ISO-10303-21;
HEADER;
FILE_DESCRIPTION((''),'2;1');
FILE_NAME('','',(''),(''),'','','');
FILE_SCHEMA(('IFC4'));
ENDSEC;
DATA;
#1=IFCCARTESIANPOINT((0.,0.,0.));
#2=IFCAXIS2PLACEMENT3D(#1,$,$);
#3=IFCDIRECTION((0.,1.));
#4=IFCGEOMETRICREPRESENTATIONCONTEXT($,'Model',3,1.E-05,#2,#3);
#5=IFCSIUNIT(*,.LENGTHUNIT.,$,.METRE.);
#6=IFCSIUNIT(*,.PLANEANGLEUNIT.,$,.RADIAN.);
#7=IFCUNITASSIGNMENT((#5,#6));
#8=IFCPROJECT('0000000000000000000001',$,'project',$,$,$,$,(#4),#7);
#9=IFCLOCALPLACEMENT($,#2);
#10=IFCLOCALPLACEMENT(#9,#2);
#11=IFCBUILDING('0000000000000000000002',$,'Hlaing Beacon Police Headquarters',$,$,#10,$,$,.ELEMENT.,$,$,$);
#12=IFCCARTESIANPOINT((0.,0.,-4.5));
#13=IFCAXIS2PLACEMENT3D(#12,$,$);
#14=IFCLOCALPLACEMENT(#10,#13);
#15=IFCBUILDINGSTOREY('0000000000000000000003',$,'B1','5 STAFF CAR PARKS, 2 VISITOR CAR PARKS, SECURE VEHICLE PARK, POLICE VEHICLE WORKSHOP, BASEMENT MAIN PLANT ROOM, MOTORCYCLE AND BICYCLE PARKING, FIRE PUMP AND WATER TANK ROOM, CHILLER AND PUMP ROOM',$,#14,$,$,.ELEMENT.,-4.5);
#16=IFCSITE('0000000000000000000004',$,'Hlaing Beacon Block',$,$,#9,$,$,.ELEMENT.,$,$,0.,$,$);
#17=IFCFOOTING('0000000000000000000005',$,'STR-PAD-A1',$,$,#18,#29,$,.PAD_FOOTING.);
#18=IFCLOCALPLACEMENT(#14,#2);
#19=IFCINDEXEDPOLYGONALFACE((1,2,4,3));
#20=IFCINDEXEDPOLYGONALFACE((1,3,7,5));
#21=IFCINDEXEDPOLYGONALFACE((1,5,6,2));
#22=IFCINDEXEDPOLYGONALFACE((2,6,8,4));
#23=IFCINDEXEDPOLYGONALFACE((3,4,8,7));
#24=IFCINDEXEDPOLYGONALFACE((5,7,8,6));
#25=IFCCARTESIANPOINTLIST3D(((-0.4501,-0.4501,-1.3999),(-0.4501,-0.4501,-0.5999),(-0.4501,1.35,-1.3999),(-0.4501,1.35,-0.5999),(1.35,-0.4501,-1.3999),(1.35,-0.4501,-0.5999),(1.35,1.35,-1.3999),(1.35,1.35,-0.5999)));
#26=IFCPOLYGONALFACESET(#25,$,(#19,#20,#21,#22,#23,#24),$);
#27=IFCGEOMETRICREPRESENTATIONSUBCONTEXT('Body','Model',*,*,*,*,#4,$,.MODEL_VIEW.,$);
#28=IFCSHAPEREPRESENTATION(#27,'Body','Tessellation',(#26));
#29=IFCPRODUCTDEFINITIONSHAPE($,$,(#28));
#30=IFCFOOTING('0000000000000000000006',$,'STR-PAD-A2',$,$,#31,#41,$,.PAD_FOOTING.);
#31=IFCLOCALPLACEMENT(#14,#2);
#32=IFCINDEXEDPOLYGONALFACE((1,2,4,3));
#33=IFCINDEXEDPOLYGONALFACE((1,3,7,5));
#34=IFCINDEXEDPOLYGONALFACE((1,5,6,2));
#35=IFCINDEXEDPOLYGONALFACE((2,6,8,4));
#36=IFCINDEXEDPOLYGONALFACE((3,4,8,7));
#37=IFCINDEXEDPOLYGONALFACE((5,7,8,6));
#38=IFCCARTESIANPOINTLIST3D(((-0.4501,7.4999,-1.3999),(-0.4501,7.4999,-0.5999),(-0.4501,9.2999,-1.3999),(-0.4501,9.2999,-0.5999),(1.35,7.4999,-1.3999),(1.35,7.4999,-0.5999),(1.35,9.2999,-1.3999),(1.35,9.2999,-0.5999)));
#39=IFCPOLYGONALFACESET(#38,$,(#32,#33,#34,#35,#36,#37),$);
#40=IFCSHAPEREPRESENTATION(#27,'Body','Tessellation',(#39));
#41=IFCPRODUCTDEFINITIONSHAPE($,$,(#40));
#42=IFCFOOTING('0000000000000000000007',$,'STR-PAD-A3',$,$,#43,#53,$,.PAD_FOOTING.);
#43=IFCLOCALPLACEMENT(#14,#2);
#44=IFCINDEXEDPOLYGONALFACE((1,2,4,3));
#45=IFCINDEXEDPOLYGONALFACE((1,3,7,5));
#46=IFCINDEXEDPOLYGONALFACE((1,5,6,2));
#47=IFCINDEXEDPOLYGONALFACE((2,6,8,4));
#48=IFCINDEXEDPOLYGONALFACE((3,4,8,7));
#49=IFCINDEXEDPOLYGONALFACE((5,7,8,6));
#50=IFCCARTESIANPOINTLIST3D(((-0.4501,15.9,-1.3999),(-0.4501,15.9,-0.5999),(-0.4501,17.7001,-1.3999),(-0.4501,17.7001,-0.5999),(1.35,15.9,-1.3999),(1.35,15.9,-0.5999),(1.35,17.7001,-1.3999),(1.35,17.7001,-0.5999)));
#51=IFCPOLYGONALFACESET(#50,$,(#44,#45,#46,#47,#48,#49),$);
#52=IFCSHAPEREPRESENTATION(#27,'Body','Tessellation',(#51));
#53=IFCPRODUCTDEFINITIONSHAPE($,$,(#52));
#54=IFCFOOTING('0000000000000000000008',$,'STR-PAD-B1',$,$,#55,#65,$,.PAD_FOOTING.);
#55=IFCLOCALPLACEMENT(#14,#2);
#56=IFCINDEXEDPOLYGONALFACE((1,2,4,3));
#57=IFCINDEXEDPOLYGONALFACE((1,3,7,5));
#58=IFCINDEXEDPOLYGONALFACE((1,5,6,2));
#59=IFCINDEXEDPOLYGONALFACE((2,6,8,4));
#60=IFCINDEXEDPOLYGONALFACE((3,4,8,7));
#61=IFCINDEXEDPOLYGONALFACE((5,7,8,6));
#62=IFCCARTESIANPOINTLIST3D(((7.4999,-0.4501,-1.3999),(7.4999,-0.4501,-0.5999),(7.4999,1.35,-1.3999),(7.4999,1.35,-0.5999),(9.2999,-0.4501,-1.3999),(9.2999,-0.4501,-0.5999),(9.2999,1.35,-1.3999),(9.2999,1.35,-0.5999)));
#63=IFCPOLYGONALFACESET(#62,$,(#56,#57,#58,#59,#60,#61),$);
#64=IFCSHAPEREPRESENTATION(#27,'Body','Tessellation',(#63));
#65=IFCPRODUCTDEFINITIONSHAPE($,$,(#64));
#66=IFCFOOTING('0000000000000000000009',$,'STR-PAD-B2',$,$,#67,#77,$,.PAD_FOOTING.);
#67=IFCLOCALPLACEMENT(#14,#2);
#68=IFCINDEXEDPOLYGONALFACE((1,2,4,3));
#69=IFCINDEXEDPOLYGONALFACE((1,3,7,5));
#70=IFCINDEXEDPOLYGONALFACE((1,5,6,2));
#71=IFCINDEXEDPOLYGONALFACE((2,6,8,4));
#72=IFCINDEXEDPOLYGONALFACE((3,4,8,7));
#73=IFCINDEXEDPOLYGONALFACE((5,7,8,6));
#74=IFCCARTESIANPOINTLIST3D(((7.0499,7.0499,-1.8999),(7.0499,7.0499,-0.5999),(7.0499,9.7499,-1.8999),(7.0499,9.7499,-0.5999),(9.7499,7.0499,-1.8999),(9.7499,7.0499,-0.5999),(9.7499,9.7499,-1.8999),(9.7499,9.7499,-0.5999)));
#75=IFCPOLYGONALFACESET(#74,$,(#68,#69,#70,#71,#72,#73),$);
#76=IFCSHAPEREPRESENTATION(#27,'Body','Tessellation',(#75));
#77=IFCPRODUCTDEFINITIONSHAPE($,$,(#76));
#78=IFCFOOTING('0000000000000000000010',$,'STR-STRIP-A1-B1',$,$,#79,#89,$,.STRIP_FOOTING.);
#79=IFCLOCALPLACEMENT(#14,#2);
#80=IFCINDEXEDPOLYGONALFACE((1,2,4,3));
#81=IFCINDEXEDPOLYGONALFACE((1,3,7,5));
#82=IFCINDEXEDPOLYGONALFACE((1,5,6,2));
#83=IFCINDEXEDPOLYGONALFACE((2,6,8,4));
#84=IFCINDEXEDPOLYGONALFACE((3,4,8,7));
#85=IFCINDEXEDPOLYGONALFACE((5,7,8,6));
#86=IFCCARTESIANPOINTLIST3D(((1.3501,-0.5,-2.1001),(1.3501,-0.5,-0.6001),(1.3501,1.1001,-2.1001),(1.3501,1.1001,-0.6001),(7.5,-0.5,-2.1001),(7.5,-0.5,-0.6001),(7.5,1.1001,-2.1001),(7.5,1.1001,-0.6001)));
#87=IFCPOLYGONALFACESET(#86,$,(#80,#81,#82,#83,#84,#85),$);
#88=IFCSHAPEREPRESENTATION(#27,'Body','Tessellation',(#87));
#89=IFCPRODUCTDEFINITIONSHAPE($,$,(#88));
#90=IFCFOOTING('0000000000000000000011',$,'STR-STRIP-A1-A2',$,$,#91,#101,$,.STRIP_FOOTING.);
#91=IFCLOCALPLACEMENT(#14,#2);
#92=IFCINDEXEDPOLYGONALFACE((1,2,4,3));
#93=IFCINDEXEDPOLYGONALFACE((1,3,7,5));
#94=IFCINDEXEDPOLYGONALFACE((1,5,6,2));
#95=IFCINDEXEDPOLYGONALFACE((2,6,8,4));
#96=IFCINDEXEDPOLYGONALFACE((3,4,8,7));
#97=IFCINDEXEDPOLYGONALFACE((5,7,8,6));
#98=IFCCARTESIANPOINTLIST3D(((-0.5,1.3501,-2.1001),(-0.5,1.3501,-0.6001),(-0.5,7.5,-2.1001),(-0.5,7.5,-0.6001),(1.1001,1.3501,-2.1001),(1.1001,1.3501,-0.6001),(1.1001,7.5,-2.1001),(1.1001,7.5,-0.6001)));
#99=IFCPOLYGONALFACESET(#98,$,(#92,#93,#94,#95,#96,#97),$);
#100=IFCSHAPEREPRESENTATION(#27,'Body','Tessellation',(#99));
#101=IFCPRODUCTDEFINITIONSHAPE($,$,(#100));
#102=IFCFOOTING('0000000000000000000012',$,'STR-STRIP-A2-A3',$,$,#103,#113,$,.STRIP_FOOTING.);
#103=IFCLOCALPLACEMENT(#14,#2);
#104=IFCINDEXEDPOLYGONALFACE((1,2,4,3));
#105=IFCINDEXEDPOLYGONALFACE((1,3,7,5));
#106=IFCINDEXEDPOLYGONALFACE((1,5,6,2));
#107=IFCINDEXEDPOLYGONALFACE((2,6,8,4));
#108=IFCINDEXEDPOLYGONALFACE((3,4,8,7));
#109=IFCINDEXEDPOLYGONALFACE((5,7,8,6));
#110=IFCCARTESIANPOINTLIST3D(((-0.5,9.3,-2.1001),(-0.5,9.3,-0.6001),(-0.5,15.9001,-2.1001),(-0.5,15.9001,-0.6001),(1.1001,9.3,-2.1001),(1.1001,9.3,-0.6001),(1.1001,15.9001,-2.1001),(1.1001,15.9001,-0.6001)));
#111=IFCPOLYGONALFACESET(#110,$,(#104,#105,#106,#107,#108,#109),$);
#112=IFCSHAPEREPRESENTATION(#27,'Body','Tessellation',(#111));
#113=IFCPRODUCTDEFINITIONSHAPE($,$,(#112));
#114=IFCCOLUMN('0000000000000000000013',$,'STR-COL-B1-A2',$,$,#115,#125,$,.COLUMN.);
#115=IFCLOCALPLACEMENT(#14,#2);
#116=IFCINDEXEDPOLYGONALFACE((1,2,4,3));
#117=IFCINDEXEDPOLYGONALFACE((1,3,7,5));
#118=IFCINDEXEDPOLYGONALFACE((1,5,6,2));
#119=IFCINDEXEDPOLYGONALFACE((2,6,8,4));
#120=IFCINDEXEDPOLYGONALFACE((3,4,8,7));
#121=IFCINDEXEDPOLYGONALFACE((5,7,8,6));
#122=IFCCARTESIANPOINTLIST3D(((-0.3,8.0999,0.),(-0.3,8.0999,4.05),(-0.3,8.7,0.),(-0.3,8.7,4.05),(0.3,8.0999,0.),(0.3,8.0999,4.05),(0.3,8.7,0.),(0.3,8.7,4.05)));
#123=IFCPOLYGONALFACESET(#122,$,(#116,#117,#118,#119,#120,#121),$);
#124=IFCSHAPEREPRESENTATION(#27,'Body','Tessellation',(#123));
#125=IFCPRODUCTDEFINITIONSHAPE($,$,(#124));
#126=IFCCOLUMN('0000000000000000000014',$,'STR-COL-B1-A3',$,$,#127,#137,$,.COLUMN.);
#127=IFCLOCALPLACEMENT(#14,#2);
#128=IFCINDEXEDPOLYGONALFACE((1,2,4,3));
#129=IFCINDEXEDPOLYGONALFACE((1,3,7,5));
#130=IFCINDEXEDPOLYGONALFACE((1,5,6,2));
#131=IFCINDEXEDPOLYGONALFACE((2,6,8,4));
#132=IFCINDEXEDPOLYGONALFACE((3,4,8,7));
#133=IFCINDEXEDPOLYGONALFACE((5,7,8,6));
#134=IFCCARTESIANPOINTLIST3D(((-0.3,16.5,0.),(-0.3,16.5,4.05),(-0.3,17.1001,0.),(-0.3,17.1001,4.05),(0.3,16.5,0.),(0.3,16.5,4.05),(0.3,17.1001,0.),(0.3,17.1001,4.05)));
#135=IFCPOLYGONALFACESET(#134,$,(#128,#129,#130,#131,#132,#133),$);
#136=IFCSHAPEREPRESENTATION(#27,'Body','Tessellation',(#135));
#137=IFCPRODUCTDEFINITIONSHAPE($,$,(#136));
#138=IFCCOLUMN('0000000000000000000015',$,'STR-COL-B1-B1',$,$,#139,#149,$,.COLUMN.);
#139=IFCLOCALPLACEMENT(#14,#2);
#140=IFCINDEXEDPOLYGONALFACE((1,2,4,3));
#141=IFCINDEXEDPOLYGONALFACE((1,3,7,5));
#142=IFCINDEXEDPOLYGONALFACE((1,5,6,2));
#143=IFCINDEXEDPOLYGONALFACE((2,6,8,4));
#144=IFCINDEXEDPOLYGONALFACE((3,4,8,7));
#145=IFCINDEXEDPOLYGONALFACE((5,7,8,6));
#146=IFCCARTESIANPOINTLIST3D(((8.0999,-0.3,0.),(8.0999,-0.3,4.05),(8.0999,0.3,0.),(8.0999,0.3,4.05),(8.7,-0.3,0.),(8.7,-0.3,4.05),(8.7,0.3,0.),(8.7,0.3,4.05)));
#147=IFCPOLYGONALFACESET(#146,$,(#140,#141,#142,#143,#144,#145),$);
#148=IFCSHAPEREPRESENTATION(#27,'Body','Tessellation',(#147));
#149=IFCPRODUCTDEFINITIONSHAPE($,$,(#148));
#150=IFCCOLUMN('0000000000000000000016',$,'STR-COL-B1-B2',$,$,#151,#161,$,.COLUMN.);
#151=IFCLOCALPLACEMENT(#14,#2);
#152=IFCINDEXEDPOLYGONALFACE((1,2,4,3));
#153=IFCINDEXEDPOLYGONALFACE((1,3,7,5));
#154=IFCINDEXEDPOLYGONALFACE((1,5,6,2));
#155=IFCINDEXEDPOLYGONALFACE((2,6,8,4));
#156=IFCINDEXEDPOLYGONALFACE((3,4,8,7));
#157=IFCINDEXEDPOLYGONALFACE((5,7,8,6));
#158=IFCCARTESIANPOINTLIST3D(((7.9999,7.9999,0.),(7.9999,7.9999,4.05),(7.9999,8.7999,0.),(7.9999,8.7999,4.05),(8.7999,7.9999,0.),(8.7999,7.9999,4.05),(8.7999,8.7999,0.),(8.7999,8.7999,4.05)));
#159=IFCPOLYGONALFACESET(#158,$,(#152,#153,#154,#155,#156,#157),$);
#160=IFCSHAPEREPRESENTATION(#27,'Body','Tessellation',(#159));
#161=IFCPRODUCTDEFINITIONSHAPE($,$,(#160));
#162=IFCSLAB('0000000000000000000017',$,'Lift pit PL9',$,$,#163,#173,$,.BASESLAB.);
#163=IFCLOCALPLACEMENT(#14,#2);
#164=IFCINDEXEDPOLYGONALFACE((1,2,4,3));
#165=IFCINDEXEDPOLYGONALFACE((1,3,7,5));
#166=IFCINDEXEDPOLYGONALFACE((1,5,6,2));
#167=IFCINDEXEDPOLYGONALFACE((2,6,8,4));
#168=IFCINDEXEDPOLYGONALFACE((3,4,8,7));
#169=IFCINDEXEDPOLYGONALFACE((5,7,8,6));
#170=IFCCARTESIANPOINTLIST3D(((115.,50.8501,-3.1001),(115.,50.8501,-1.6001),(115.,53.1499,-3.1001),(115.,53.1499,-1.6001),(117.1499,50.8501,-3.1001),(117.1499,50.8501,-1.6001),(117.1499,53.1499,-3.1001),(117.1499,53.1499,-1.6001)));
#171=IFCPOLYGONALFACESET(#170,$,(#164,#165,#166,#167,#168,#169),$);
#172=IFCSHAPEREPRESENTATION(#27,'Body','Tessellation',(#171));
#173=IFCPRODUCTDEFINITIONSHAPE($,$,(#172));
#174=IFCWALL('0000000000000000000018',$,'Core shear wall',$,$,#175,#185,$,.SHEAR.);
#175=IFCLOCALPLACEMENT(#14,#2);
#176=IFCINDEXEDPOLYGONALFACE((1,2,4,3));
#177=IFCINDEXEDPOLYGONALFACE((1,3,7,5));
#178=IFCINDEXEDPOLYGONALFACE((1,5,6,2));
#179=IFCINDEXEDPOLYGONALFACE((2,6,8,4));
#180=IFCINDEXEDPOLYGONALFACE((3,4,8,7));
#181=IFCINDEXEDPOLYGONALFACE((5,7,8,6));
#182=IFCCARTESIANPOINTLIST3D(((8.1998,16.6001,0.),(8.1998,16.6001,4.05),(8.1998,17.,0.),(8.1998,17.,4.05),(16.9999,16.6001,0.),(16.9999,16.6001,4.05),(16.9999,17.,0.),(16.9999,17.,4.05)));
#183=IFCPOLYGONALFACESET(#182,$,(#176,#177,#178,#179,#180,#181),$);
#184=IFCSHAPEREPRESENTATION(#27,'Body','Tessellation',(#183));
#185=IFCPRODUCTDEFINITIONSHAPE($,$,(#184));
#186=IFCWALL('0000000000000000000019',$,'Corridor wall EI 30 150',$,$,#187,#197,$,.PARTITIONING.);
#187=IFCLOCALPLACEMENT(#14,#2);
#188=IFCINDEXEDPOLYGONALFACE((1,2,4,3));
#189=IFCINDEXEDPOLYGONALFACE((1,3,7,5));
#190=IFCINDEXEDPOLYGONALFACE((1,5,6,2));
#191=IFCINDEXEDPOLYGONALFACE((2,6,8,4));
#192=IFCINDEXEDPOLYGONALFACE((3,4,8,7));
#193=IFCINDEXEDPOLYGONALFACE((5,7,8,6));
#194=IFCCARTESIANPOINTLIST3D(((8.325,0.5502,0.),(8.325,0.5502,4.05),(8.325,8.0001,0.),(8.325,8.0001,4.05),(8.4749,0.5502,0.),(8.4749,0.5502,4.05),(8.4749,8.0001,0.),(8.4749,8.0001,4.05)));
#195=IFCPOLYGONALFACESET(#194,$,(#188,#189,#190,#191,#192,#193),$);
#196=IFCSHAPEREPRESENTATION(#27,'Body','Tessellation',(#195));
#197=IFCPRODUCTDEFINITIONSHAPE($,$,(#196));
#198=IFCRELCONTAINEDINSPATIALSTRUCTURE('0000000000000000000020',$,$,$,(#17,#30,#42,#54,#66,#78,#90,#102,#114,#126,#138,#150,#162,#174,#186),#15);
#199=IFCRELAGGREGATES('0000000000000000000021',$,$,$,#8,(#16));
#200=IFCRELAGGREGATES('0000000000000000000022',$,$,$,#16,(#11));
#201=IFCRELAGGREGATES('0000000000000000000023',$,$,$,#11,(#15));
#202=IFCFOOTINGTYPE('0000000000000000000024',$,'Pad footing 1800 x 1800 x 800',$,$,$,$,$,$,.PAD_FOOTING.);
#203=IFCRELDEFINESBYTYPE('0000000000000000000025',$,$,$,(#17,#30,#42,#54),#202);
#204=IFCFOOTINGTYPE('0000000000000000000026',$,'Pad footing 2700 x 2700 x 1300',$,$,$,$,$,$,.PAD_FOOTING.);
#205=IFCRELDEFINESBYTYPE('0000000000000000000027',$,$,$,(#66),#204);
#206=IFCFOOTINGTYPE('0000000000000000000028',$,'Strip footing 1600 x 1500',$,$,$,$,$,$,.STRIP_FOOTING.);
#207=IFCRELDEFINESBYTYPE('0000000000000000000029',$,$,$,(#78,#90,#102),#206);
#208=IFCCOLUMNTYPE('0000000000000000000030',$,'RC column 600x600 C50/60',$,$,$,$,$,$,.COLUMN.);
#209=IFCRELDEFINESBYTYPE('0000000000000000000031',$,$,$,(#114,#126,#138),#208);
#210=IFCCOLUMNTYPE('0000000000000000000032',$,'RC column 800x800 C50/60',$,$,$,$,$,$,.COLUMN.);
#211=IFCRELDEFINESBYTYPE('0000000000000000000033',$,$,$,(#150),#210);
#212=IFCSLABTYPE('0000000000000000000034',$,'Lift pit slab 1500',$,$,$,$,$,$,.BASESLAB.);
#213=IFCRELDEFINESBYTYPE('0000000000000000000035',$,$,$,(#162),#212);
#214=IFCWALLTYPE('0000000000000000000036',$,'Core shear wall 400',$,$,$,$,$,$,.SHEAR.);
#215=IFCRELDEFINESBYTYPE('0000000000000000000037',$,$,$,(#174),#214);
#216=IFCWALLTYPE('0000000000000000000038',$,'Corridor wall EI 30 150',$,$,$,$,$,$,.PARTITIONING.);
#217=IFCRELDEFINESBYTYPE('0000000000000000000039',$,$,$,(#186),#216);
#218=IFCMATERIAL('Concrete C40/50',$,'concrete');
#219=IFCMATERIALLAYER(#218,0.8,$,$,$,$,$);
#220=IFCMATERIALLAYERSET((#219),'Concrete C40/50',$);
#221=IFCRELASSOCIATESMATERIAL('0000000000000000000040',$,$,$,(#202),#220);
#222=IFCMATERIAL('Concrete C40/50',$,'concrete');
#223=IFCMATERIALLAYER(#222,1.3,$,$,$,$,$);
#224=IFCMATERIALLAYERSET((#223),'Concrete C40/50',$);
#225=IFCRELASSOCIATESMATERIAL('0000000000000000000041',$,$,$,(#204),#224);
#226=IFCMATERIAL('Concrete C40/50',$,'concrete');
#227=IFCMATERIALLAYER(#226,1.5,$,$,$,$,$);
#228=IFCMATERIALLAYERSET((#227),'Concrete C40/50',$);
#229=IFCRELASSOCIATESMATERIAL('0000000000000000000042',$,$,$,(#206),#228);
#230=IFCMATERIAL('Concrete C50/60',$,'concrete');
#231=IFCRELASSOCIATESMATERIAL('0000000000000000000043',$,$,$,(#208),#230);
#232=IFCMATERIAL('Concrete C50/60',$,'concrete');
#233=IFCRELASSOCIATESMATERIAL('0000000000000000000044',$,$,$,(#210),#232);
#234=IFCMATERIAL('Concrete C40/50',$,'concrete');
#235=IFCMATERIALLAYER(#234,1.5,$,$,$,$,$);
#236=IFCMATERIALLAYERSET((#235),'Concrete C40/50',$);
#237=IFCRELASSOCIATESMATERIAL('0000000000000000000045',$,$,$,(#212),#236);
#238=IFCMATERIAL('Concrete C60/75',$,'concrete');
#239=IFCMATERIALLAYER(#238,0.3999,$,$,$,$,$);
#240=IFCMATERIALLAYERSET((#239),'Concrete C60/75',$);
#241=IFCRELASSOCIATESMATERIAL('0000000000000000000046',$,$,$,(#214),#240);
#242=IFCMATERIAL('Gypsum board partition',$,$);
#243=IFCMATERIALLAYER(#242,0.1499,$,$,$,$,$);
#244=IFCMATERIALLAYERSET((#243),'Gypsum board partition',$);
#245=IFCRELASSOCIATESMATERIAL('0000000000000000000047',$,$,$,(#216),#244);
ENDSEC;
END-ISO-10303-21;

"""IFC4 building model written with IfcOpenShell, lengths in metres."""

from ifc_helpers import new_model, si_unit, direction, frame, frame_2d, origin, origin_2d, place, context, subcontext, project, spatial, polyline, rectangle, outline, extrude, material, layer, layer_set, material_profile, profile_set, type_object, element, save


model = new_model("IFC4")

# Units and contexts
model_context = context("Model", 3, precision=1e-05, world=origin(), true_north=direction((0.0, 1.0)))
body_context = subcontext(model_context, "Body", "Model", "MODEL_VIEW")
ifc_project = project(units=[si_unit("LENGTHUNIT", "METRE"), si_unit("PLANEANGLEUNIT", "RADIAN")], contexts=[model_context])

# Site, building, storey
site_placement = place(None, origin())
site = spatial("IfcSite", under=ifc_project, at=site_placement, Name="Hlaing Beacon Block", CompositionType="ELEMENT", RefElevation=0.0)
building_placement = place(site_placement, origin())
building = spatial("IfcBuilding", under=site, at=building_placement, Name="Hlaing Beacon Police Headquarters", CompositionType="ELEMENT")
storey_placement = place(building_placement, frame((0.0, 0.0, -4.5)))
storey = spatial("IfcBuildingStorey", under=building, at=storey_placement, Name="B1", Description="5 STAFF CAR PARKS, 2 VISITOR CAR PARKS, SECURE VEHICLE PARK, POLICE VEHICLE WORKSHOP, BASEMENT MAIN PLANT ROOM, MOTORCYCLE AND BICYCLE PARKING, FIRE PUMP AND WATER TANK ROOM, CHILLER AND PUMP ROOM", CompositionType="ELEMENT", Elevation=-4.5)

# Footings
ifc_material_1 = material(Name="Concrete C40/50", Category="concrete")
ifc_layer_1 = layer(ifc_material_1, 0.8)
ifc_layer_set_1 = layer_set([ifc_layer_1], Name="Concrete C40/50")
footing_type_1 = type_object("IfcFootingType", Name="Pad footing 1800 x 1800 x 800", PredefinedType="PAD_FOOTING", material=ifc_layer_set_1)
for number, where, z_axis, x_axis, name in (
    (1, (0.45, 0.45, -1.3999), (0.0, 0.0, 1.0), (1.0, 0.0, 0.0), "STR-PAD-A1"),
    (2, (0.45, 8.3999, -1.3999), (0.0, 0.0, 1.0), (1.0, 0.0, 0.0), "STR-PAD-A2"),
    (3, (0.45, 16.8, -1.3999), (0.0, 0.0, 1.0), (1.0, 0.0, 0.0), "STR-PAD-A3"),
    (4, (8.3999, 0.45, -1.3999), (0.0, 0.0, 1.0), (1.0, 0.0, 0.0), "STR-PAD-B1"),
):
    element("IfcFooting", number, at=place(storey_placement, frame(where, z_axis=z_axis, x_axis=x_axis)), inside=storey, type_object=footing_type_1, Name=name, PredefinedType="PAD_FOOTING", context=body_context, shape_type="SweptSolid", body=[
        extrude(rectangle(XDim=1.8, YDim=1.8, at=origin_2d()), origin(), (0.0, 0.0, 1.0), 0.8),
    ])
ifc_material_2 = material(Name="Concrete C40/50", Category="concrete")
ifc_layer_2 = layer(ifc_material_2, 1.3)
ifc_layer_set_2 = layer_set([ifc_layer_2], Name="Concrete C40/50")
footing_type_2 = type_object("IfcFootingType", Name="Pad footing 2700 x 2700 x 1300", PredefinedType="PAD_FOOTING", material=ifc_layer_set_2)
footing_1_placement = place(storey_placement, frame((8.3999, 8.3999, -1.8999), z_axis=(0.0, 0.0, 1.0), x_axis=(1.0, 0.0, 0.0)))
element("IfcFooting", 5, at=footing_1_placement, inside=storey, type_object=footing_type_2, Name="STR-PAD-B2", PredefinedType="PAD_FOOTING", context=body_context, shape_type="SweptSolid", body=[
    extrude(rectangle(XDim=2.7, YDim=2.7, at=origin_2d()), origin(), (0.0, 0.0, 1.0), 1.3),
])
ifc_material_3 = material(Name="Concrete C40/50", Category="concrete")
ifc_layer_3 = layer(ifc_material_3, 1.5)
ifc_layer_set_3 = layer_set([ifc_layer_3], Name="Concrete C40/50")
footing_type_3 = type_object("IfcFootingType", Name="Strip footing 1600 x 1500", PredefinedType="STRIP_FOOTING", material=ifc_layer_set_3)
footing_2_placement = place(storey_placement, frame((4.425, 0.3, -2.1001), z_axis=(0.0, 0.0, 1.0), x_axis=(1.0, 0.0, 0.0)))
element("IfcFooting", 6, at=footing_2_placement, inside=storey, type_object=footing_type_3, Name="STR-STRIP-A1-B1", PredefinedType="STRIP_FOOTING", context=body_context, shape_type="SweptSolid", body=[
    extrude(rectangle(XDim=6.1499, YDim=1.6001, at=origin_2d()), origin(), (0.0, 0.0, 1.0), 1.5),
])
footing_3_placement = place(storey_placement, frame((0.3, 4.425, -2.1001), z_axis=(0.0, 0.0, 1.0), x_axis=(1.0, 0.0, 0.0)))
element("IfcFooting", 7, at=footing_3_placement, inside=storey, type_object=footing_type_3, Name="STR-STRIP-A1-A2", PredefinedType="STRIP_FOOTING", context=body_context, shape_type="SweptSolid", body=[
    extrude(rectangle(XDim=1.6001, YDim=6.1499, at=origin_2d()), origin(), (0.0, 0.0, 1.0), 1.5),
])
footing_4_placement = place(storey_placement, frame((0.3, 12.6001, -2.1001), z_axis=(0.0, 0.0, 1.0), x_axis=(1.0, 0.0, 0.0)))
element("IfcFooting", 8, at=footing_4_placement, inside=storey, type_object=footing_type_3, Name="STR-STRIP-A2-A3", PredefinedType="STRIP_FOOTING", context=body_context, shape_type="SweptSolid", body=[
    extrude(rectangle(XDim=1.6001, YDim=6.6001, at=origin_2d()), origin(), (0.0, 0.0, 1.0), 1.5),
])

# Columns
ifc_material_4 = material(Name="Concrete C50/60", Category="concrete")
ifc_material_profile_1 = material_profile(ifc_material_4, rectangle(XDim=0.6001, YDim=0.6001, at=origin_2d()), Name="600x600")
ifc_profile_set_1 = profile_set([ifc_material_profile_1], Name="Concrete C50/60")
column_type_1 = type_object("IfcColumnType", Name="RC column 600x600 C50/60", PredefinedType="COLUMN", material=ifc_profile_set_1)
for number, where, z_axis, x_axis, name in (
    (9, (0.0, 8.3999, 0.0), (0.0, 0.0, 1.0), (1.0, 0.0, 0.0), "STR-COL-B1-A2"),
    (10, (0.0, 16.8, 0.0), (0.0, 0.0, 1.0), (1.0, 0.0, 0.0), "STR-COL-B1-A3"),
    (11, (8.3999, 0.0, 0.0), (0.0, 0.0, 1.0), (1.0, 0.0, 0.0), "STR-COL-B1-B1"),
):
    element("IfcColumn", number, at=place(storey_placement, frame(where, z_axis=z_axis, x_axis=x_axis)), inside=storey, type_object=column_type_1, Name=name, PredefinedType="COLUMN", context=body_context, shape_type="SweptSolid", body=[
        extrude(rectangle(XDim=0.6001, YDim=0.6001, at=origin_2d()), origin(), (0.0, 0.0, 1.0), 4.05),
    ])
ifc_material_5 = material(Name="Concrete C50/60", Category="concrete")
ifc_material_profile_2 = material_profile(ifc_material_5, rectangle(XDim=0.8, YDim=0.8, at=origin_2d()), Name="800x800")
ifc_profile_set_2 = profile_set([ifc_material_profile_2], Name="Concrete C50/60")
column_type_2 = type_object("IfcColumnType", Name="RC column 800x800 C50/60", PredefinedType="COLUMN", material=ifc_profile_set_2)
column_placement = place(storey_placement, frame((8.3999, 8.3999, 0.0), z_axis=(0.0, 0.0, 1.0), x_axis=(1.0, 0.0, 0.0)))
element("IfcColumn", 12, at=column_placement, inside=storey, type_object=column_type_2, Name="STR-COL-B1-B2", PredefinedType="COLUMN", context=body_context, shape_type="SweptSolid", body=[
    extrude(rectangle(XDim=0.8, YDim=0.8, at=origin_2d()), origin(), (0.0, 0.0, 1.0), 4.05),
])

# Slab
ifc_material_6 = material(Name="Concrete C40/50", Category="concrete")
ifc_layer_4 = layer(ifc_material_6, 1.5)
ifc_layer_set_4 = layer_set([ifc_layer_4], Name="Concrete C40/50")
slab_type = type_object("IfcSlabType", Name="Lift pit slab 1500", PredefinedType="BASESLAB", material=ifc_layer_set_4)
slab_placement = place(storey_placement, frame((0.0, 0.0, -3.1001)))
element("IfcSlab", 13, at=slab_placement, inside=storey, type_object=slab_type, Name="Lift pit PL9", PredefinedType="BASESLAB", context=body_context, shape_type="SweptSolid", body=[
    extrude(outline(polyline([(115.0, 50.8501), (117.1499, 50.8501), (117.1499, 53.1499), (115.0, 53.1499), (115.0, 50.8501)])), origin(), (0.0, 0.0, 1.0), 1.5),
])

# Walls
ifc_material_7 = material(Name="Concrete C60/75", Category="concrete")
ifc_layer_5 = layer(ifc_material_7, 0.3999)
ifc_layer_set_5 = layer_set([ifc_layer_5], Name="Concrete C60/75")
wall_type_1 = type_object("IfcWallType", Name="Core shear wall 400", PredefinedType="SHEAR", material=ifc_layer_set_5)
wall_1_placement = place(storey_placement, frame((8.2, 16.8, 0.0), z_axis=(0.0, 0.0, 1.0), x_axis=(1.0, 0.0, 0.0)))
element("IfcWall", 14, at=wall_1_placement, inside=storey, type_object=wall_type_1, Name="Core shear wall", PredefinedType="SHEAR", context=body_context, shape_type="SweptSolid", body=[
    extrude(rectangle(XDim=8.8, YDim=0.3999, at=frame_2d((4.3999, 0.0))), origin(), (0.0, 0.0, 1.0), 4.05),
])
ifc_material_8 = material(Name="Gypsum board partition")
ifc_layer_6 = layer(ifc_material_8, 0.1499)
ifc_layer_set_6 = layer_set([ifc_layer_6], Name="Gypsum board partition")
wall_type_2 = type_object("IfcWallType", Name="Corridor wall EI 30 150", PredefinedType="PARTITIONING", material=ifc_layer_set_6)
wall_2_placement = place(storey_placement, frame((8.3999, 0.55, 0.0), z_axis=(0.0, 0.0, 1.0), x_axis=(0.0, 1.0, 0.0)))
element("IfcWall", 15, at=wall_2_placement, inside=storey, type_object=wall_type_2, Name="Corridor wall EI 30 150", PredefinedType="PARTITIONING", context=body_context, shape_type="SweptSolid", body=[
    extrude(rectangle(XDim=7.45, YDim=0.1499, at=frame_2d((3.7251, 0.0))), origin(), (0.0, 0.0, 1.0), 4.05),
])

save(model, "model.ifc")
